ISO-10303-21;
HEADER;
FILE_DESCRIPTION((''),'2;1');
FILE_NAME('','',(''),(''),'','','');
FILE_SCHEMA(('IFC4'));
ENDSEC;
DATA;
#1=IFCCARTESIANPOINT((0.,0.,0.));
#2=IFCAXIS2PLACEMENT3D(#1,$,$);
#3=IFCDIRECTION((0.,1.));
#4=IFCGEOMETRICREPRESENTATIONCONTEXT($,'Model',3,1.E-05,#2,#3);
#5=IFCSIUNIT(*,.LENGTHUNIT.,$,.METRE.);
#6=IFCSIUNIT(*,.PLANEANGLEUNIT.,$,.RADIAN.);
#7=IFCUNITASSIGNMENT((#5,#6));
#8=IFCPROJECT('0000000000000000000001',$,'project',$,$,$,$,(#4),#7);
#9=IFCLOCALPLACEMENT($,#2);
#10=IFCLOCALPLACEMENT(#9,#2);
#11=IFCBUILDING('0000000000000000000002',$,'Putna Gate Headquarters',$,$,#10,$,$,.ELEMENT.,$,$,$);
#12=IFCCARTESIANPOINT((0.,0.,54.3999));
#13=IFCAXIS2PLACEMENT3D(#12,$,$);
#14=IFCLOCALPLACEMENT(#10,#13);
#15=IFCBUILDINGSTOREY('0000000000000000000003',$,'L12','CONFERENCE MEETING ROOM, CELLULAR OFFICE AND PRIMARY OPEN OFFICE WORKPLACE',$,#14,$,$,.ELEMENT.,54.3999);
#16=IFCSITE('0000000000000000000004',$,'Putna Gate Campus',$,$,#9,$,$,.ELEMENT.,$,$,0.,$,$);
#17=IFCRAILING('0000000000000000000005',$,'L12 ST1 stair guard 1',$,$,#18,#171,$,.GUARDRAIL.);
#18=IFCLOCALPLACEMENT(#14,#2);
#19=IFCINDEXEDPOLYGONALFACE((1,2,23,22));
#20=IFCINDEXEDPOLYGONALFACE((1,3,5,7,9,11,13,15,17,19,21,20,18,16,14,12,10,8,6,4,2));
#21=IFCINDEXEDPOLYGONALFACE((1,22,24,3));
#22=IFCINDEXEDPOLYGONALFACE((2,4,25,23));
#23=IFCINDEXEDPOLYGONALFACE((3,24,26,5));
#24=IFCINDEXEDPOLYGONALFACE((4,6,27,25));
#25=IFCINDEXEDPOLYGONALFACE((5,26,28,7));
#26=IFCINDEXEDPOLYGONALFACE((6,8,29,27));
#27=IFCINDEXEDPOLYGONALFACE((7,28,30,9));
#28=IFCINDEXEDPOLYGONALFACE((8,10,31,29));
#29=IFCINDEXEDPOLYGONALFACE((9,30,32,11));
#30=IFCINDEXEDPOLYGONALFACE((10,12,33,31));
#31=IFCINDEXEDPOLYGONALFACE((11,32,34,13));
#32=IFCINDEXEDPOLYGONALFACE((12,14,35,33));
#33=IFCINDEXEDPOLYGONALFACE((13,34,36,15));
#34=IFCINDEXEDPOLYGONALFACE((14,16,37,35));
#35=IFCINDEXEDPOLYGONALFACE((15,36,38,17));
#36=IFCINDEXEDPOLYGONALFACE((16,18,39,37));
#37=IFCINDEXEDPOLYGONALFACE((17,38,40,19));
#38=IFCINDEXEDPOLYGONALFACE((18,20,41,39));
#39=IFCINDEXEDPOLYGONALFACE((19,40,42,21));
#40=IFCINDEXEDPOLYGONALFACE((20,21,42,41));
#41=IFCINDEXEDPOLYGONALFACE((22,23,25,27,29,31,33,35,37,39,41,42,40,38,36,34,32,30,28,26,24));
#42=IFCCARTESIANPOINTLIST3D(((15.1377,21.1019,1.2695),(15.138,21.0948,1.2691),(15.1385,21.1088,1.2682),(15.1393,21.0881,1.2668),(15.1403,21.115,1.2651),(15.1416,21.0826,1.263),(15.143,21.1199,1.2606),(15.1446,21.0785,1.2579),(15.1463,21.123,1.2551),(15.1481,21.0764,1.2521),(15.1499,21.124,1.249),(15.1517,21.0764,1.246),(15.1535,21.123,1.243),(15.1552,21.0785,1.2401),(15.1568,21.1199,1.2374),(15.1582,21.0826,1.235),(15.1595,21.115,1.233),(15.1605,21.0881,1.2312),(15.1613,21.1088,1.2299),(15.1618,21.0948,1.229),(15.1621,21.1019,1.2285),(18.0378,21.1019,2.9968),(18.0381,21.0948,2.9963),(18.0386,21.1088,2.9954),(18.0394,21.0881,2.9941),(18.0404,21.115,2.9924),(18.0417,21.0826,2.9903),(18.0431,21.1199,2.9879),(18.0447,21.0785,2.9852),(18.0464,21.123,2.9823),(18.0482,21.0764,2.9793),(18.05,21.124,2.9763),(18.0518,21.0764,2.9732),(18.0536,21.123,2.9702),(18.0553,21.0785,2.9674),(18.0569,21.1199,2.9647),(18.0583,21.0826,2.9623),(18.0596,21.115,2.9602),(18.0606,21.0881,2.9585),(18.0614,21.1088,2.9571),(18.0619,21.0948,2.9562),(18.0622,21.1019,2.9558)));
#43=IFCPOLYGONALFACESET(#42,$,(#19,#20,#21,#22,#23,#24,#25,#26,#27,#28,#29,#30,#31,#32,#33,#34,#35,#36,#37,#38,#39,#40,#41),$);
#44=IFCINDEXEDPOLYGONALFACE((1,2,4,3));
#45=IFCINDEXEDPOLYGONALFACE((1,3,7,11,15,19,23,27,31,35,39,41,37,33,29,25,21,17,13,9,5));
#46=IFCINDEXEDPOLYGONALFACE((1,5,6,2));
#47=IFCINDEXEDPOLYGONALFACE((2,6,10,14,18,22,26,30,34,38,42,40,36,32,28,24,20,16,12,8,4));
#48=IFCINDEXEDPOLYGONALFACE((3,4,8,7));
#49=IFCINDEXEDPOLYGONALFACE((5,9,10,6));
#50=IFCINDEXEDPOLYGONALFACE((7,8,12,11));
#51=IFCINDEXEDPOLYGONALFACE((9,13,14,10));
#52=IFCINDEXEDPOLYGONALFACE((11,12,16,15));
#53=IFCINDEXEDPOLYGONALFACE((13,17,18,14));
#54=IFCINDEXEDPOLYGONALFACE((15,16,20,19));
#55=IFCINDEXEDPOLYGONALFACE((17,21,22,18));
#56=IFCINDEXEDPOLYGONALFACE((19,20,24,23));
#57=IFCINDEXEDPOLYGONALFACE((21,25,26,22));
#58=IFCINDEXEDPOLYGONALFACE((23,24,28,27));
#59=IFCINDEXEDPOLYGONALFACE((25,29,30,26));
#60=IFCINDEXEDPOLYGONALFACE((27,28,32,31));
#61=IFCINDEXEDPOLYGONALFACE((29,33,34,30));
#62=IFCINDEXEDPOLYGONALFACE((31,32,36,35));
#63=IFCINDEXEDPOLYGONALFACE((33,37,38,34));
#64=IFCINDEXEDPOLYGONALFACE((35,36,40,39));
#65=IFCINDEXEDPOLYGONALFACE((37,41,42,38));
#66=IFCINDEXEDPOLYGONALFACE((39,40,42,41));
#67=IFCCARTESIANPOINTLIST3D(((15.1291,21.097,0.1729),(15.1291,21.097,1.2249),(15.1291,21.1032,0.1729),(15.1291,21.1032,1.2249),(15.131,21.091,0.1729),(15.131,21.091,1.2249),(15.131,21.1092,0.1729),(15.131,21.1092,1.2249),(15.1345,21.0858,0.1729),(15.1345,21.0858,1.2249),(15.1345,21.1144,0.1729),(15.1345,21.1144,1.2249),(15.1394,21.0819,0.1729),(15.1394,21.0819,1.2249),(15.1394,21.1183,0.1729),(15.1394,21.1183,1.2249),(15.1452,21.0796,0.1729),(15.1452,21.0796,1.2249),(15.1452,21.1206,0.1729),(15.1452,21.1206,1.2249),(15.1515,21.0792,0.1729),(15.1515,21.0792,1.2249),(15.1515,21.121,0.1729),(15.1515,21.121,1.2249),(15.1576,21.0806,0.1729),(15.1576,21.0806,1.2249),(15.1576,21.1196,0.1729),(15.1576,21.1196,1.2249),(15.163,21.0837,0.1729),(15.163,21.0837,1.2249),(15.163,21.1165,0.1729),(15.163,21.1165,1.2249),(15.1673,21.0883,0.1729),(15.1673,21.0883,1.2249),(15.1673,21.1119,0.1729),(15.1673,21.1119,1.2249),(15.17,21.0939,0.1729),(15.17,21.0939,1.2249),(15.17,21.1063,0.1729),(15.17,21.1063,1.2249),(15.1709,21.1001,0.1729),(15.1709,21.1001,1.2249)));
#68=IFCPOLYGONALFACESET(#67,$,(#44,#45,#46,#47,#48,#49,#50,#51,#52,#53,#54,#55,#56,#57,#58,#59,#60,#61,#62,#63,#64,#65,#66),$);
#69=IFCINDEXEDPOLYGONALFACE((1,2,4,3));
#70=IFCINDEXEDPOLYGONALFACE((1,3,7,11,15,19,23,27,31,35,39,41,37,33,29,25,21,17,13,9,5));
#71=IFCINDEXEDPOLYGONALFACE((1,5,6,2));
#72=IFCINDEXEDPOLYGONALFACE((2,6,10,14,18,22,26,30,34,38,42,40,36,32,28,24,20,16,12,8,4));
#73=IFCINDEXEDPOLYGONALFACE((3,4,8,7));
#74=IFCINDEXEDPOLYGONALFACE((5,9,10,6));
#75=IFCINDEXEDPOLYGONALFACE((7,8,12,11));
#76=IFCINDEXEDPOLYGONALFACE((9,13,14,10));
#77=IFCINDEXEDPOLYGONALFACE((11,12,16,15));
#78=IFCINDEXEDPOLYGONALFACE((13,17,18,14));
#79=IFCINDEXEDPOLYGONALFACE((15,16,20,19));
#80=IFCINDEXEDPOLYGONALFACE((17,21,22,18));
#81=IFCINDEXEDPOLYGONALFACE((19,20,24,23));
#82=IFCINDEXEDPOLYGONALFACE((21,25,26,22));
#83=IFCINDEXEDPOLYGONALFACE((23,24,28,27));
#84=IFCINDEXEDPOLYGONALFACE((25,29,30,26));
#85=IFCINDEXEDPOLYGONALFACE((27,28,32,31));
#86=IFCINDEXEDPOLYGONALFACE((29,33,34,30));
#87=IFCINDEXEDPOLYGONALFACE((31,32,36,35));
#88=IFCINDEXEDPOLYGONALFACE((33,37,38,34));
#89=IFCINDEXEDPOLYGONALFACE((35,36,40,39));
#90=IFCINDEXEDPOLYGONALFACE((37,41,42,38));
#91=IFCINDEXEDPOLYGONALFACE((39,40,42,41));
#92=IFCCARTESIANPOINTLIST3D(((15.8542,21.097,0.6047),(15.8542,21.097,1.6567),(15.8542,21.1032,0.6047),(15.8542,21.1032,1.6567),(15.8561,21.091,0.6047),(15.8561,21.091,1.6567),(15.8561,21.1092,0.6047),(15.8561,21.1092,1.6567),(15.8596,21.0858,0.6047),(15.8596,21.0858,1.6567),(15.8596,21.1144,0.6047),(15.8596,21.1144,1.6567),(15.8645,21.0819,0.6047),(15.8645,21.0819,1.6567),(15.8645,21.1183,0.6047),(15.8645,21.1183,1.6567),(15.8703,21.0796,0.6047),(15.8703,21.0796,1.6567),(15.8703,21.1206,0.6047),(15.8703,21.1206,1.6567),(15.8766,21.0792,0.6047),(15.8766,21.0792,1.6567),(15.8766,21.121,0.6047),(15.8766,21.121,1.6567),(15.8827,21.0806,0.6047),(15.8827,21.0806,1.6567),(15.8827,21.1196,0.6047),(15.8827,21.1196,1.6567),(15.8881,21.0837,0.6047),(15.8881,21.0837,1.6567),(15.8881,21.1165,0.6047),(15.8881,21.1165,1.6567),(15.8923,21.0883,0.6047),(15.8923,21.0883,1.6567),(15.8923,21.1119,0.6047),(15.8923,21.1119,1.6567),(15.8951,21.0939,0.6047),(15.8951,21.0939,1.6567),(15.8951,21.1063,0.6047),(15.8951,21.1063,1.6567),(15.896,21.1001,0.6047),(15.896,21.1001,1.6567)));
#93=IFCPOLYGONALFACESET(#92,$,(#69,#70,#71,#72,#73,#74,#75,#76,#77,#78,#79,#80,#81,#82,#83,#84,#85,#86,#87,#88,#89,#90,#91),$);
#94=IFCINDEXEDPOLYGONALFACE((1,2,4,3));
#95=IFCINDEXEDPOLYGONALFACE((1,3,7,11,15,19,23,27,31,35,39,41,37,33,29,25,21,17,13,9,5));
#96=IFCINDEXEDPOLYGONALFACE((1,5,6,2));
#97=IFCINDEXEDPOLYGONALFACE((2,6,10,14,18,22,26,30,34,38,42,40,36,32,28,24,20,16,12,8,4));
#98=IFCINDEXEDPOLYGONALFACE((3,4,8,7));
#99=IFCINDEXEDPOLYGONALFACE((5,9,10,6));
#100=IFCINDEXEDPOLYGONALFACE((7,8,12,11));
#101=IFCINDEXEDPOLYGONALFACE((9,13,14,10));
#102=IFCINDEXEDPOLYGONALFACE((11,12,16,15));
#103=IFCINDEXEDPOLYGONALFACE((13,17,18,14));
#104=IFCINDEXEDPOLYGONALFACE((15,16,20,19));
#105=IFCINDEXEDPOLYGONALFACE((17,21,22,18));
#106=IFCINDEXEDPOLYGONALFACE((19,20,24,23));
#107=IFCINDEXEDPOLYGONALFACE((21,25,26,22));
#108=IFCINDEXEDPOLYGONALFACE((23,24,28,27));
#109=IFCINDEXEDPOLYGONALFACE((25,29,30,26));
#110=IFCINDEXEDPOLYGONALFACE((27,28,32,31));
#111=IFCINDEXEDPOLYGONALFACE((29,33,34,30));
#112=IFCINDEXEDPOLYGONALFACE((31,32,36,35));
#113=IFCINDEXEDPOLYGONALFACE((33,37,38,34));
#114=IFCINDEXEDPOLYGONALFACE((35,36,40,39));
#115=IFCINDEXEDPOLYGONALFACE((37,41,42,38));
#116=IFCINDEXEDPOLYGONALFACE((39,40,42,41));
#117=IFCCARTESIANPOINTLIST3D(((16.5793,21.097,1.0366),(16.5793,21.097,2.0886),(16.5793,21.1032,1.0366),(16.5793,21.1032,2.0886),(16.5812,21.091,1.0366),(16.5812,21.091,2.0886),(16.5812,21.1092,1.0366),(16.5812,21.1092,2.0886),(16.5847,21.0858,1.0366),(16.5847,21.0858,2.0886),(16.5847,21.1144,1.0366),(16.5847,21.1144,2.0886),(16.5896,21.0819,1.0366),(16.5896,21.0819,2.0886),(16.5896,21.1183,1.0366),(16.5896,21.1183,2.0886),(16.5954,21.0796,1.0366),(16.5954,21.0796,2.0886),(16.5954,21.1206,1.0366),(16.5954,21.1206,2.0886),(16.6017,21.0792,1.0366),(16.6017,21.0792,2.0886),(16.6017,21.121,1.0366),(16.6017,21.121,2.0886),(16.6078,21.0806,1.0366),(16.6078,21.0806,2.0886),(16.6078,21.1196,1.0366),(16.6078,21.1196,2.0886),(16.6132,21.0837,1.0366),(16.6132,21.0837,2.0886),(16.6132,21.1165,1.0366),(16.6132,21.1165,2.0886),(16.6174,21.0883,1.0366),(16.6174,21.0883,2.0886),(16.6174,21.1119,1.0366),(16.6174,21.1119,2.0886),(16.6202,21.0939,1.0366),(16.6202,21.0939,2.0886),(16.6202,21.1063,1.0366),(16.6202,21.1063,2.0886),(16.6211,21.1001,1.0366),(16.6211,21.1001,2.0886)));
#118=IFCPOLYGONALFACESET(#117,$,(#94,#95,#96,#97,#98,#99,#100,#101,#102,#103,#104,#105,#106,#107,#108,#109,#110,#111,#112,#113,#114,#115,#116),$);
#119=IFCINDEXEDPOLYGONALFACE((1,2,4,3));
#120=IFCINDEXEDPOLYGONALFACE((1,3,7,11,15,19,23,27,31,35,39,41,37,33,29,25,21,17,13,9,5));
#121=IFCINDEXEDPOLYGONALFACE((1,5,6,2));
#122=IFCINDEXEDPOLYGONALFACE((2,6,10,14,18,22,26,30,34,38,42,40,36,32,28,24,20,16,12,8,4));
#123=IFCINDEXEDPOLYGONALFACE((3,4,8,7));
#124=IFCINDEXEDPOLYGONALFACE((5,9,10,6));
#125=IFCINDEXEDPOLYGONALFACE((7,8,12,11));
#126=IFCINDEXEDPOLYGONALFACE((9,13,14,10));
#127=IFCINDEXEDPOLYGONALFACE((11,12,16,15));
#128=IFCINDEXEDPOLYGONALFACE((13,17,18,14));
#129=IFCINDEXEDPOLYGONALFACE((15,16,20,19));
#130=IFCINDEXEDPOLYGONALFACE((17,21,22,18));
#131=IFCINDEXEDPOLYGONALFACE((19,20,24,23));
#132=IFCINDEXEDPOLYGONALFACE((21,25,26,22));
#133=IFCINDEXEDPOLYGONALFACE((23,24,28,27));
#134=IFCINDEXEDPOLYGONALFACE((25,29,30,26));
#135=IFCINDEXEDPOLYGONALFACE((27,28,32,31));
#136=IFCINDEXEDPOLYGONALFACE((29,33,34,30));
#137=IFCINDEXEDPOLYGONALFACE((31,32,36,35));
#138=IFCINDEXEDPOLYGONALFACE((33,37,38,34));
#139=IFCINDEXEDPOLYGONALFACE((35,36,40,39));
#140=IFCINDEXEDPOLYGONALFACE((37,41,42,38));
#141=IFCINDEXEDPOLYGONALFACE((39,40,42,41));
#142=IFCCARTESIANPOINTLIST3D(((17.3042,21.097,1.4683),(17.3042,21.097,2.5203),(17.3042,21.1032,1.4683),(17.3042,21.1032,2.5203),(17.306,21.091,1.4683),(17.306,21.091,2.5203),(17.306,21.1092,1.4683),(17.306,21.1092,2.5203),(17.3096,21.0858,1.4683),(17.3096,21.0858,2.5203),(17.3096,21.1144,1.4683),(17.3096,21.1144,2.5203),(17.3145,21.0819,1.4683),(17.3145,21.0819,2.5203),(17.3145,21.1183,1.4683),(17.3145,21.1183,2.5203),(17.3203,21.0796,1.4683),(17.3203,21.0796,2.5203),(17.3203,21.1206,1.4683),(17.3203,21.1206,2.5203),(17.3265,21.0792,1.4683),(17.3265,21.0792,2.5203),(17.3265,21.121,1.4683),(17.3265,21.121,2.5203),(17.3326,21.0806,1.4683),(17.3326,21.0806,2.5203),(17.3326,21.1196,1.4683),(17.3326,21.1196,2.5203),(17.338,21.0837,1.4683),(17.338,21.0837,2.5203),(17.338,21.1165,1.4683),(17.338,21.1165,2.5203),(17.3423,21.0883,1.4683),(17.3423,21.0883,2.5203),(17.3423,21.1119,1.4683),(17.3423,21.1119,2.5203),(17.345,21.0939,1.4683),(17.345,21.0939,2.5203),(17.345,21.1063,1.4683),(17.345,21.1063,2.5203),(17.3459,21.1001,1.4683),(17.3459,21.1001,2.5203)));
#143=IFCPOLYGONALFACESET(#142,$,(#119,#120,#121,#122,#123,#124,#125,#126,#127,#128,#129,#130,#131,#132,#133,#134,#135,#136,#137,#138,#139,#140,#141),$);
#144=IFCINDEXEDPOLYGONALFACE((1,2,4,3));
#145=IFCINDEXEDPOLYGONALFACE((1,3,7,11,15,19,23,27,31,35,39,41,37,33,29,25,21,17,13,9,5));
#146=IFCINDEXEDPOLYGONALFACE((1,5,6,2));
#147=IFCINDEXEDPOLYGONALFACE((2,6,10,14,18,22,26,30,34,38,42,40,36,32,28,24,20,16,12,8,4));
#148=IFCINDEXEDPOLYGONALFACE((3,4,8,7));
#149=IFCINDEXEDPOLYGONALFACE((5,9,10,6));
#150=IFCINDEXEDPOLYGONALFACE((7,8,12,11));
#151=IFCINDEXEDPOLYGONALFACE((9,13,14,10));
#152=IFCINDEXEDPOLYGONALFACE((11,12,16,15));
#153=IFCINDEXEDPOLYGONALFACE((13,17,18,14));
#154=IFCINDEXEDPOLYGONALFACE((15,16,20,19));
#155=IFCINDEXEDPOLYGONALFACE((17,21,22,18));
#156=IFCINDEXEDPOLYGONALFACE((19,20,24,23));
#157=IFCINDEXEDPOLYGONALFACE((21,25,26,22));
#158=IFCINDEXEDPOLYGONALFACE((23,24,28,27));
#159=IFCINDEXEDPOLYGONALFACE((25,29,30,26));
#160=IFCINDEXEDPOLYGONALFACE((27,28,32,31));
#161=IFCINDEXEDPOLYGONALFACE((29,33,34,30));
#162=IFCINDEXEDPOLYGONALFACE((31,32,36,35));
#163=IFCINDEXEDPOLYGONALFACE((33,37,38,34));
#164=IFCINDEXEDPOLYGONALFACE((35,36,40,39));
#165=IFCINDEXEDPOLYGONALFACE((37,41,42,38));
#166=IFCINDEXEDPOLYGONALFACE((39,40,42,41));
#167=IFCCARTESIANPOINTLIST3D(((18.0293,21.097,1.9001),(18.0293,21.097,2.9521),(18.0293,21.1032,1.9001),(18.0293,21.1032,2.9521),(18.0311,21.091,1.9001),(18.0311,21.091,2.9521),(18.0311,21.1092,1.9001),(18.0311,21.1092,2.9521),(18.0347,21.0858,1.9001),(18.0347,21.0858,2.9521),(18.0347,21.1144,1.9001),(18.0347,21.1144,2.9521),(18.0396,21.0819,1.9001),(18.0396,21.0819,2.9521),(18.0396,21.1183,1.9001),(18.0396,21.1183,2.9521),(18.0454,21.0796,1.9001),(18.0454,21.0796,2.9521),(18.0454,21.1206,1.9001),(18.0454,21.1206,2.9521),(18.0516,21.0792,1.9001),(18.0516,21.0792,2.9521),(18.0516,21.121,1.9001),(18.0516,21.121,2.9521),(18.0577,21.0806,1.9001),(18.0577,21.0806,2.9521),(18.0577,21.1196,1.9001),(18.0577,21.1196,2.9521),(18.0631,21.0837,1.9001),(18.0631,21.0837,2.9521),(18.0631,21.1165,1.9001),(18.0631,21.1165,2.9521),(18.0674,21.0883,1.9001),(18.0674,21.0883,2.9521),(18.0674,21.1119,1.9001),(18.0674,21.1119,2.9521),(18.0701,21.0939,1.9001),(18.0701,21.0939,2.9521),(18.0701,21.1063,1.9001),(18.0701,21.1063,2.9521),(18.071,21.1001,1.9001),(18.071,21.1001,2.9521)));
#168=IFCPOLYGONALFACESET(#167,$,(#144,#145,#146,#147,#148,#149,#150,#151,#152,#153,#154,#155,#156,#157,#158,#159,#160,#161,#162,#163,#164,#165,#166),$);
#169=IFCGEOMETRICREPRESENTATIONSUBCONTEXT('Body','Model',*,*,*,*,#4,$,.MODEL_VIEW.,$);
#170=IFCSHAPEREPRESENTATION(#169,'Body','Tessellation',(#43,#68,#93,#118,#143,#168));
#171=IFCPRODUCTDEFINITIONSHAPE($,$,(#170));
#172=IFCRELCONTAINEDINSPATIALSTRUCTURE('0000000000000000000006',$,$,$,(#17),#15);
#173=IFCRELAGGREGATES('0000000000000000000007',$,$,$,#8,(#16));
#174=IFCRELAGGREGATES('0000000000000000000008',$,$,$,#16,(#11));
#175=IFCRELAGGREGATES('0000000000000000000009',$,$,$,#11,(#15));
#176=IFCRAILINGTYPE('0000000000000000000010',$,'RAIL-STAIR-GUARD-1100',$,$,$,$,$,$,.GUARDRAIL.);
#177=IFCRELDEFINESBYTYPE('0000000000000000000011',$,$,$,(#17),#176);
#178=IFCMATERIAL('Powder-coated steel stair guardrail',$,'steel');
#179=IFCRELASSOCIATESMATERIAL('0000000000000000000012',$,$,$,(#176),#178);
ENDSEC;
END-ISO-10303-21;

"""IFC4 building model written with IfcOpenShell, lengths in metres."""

from ifc_helpers import new_model, si_unit, direction, frame, origin, origin_2d, place, context, subcontext, project, spatial, circle, extrude, material, type_object, element, save


model = new_model("IFC4")

# Units and contexts
model_context = context("Model", 3, precision=1e-05, world=origin(), true_north=direction((0.0, 1.0)))
body_context = subcontext(model_context, "Body", "Model", "MODEL_VIEW")
ifc_project = project(units=[si_unit("LENGTHUNIT", "METRE"), si_unit("PLANEANGLEUNIT", "RADIAN")], contexts=[model_context])

# Site, building, storey
site_placement = place(None, origin())
site = spatial("IfcSite", under=ifc_project, at=site_placement, Name="Putna Gate Campus", CompositionType="ELEMENT", RefElevation=0.0)
building_placement = place(site_placement, origin())
building = spatial("IfcBuilding", under=site, at=building_placement, Name="Putna Gate Headquarters", CompositionType="ELEMENT")
storey_placement = place(building_placement, frame((0.0, 0.0, 54.3999)))
storey = spatial("IfcBuildingStorey", under=building, at=storey_placement, Name="L12", Description="CONFERENCE MEETING ROOM, CELLULAR OFFICE AND PRIMARY OPEN OFFICE WORKPLACE", CompositionType="ELEMENT", Elevation=54.3999)

# Railing
ifc_material_1 = material(Name="Powder-coated steel stair guardrail", Category="steel")
railing_type_1 = type_object("IfcRailingType", Name="RAIL-STAIR-GUARD-1100", PredefinedType="GUARDRAIL", material=ifc_material_1)
railing_1_placement = place(storey_placement, frame((15.1499, 21.1001, 0.1729)))
element("IfcRailing", 1, at=railing_1_placement, inside=storey, type_object=railing_type_1, Name="L12 ST1 stair guard 1", PredefinedType="GUARDRAIL", context=body_context, shape_type="SweptSolid", body=[
    extrude(circle(Radius=0.0239, at=origin_2d()), frame((0.0, 0.0, 1.0762), z_axis=(0.85916, 0.0, 0.511706), x_axis=(0.0, 1.0, 0.0)), (0.0, 0.0, 1.0), 3.3755),
    extrude(circle(Radius=0.021, at=origin_2d()), origin(), (0.0, 0.0, 1.0), 1.052),
    extrude(circle(Radius=0.021, at=origin_2d()), frame((0.7251, 0.0, 0.4319)), (0.0, 0.0, 1.0), 1.052),
    extrude(circle(Radius=0.021, at=origin_2d()), frame((1.4502, 0.0, 0.8638)), (0.0, 0.0, 1.0), 1.052),
    extrude(circle(Radius=0.021, at=origin_2d()), frame((2.175, 0.0, 1.2954)), (0.0, 0.0, 1.0), 1.052),
    extrude(circle(Radius=0.021, at=origin_2d()), frame((2.9001, 0.0, 1.7273)), (0.0, 0.0, 1.0), 1.052),
])

save(model, "model.ifc")
